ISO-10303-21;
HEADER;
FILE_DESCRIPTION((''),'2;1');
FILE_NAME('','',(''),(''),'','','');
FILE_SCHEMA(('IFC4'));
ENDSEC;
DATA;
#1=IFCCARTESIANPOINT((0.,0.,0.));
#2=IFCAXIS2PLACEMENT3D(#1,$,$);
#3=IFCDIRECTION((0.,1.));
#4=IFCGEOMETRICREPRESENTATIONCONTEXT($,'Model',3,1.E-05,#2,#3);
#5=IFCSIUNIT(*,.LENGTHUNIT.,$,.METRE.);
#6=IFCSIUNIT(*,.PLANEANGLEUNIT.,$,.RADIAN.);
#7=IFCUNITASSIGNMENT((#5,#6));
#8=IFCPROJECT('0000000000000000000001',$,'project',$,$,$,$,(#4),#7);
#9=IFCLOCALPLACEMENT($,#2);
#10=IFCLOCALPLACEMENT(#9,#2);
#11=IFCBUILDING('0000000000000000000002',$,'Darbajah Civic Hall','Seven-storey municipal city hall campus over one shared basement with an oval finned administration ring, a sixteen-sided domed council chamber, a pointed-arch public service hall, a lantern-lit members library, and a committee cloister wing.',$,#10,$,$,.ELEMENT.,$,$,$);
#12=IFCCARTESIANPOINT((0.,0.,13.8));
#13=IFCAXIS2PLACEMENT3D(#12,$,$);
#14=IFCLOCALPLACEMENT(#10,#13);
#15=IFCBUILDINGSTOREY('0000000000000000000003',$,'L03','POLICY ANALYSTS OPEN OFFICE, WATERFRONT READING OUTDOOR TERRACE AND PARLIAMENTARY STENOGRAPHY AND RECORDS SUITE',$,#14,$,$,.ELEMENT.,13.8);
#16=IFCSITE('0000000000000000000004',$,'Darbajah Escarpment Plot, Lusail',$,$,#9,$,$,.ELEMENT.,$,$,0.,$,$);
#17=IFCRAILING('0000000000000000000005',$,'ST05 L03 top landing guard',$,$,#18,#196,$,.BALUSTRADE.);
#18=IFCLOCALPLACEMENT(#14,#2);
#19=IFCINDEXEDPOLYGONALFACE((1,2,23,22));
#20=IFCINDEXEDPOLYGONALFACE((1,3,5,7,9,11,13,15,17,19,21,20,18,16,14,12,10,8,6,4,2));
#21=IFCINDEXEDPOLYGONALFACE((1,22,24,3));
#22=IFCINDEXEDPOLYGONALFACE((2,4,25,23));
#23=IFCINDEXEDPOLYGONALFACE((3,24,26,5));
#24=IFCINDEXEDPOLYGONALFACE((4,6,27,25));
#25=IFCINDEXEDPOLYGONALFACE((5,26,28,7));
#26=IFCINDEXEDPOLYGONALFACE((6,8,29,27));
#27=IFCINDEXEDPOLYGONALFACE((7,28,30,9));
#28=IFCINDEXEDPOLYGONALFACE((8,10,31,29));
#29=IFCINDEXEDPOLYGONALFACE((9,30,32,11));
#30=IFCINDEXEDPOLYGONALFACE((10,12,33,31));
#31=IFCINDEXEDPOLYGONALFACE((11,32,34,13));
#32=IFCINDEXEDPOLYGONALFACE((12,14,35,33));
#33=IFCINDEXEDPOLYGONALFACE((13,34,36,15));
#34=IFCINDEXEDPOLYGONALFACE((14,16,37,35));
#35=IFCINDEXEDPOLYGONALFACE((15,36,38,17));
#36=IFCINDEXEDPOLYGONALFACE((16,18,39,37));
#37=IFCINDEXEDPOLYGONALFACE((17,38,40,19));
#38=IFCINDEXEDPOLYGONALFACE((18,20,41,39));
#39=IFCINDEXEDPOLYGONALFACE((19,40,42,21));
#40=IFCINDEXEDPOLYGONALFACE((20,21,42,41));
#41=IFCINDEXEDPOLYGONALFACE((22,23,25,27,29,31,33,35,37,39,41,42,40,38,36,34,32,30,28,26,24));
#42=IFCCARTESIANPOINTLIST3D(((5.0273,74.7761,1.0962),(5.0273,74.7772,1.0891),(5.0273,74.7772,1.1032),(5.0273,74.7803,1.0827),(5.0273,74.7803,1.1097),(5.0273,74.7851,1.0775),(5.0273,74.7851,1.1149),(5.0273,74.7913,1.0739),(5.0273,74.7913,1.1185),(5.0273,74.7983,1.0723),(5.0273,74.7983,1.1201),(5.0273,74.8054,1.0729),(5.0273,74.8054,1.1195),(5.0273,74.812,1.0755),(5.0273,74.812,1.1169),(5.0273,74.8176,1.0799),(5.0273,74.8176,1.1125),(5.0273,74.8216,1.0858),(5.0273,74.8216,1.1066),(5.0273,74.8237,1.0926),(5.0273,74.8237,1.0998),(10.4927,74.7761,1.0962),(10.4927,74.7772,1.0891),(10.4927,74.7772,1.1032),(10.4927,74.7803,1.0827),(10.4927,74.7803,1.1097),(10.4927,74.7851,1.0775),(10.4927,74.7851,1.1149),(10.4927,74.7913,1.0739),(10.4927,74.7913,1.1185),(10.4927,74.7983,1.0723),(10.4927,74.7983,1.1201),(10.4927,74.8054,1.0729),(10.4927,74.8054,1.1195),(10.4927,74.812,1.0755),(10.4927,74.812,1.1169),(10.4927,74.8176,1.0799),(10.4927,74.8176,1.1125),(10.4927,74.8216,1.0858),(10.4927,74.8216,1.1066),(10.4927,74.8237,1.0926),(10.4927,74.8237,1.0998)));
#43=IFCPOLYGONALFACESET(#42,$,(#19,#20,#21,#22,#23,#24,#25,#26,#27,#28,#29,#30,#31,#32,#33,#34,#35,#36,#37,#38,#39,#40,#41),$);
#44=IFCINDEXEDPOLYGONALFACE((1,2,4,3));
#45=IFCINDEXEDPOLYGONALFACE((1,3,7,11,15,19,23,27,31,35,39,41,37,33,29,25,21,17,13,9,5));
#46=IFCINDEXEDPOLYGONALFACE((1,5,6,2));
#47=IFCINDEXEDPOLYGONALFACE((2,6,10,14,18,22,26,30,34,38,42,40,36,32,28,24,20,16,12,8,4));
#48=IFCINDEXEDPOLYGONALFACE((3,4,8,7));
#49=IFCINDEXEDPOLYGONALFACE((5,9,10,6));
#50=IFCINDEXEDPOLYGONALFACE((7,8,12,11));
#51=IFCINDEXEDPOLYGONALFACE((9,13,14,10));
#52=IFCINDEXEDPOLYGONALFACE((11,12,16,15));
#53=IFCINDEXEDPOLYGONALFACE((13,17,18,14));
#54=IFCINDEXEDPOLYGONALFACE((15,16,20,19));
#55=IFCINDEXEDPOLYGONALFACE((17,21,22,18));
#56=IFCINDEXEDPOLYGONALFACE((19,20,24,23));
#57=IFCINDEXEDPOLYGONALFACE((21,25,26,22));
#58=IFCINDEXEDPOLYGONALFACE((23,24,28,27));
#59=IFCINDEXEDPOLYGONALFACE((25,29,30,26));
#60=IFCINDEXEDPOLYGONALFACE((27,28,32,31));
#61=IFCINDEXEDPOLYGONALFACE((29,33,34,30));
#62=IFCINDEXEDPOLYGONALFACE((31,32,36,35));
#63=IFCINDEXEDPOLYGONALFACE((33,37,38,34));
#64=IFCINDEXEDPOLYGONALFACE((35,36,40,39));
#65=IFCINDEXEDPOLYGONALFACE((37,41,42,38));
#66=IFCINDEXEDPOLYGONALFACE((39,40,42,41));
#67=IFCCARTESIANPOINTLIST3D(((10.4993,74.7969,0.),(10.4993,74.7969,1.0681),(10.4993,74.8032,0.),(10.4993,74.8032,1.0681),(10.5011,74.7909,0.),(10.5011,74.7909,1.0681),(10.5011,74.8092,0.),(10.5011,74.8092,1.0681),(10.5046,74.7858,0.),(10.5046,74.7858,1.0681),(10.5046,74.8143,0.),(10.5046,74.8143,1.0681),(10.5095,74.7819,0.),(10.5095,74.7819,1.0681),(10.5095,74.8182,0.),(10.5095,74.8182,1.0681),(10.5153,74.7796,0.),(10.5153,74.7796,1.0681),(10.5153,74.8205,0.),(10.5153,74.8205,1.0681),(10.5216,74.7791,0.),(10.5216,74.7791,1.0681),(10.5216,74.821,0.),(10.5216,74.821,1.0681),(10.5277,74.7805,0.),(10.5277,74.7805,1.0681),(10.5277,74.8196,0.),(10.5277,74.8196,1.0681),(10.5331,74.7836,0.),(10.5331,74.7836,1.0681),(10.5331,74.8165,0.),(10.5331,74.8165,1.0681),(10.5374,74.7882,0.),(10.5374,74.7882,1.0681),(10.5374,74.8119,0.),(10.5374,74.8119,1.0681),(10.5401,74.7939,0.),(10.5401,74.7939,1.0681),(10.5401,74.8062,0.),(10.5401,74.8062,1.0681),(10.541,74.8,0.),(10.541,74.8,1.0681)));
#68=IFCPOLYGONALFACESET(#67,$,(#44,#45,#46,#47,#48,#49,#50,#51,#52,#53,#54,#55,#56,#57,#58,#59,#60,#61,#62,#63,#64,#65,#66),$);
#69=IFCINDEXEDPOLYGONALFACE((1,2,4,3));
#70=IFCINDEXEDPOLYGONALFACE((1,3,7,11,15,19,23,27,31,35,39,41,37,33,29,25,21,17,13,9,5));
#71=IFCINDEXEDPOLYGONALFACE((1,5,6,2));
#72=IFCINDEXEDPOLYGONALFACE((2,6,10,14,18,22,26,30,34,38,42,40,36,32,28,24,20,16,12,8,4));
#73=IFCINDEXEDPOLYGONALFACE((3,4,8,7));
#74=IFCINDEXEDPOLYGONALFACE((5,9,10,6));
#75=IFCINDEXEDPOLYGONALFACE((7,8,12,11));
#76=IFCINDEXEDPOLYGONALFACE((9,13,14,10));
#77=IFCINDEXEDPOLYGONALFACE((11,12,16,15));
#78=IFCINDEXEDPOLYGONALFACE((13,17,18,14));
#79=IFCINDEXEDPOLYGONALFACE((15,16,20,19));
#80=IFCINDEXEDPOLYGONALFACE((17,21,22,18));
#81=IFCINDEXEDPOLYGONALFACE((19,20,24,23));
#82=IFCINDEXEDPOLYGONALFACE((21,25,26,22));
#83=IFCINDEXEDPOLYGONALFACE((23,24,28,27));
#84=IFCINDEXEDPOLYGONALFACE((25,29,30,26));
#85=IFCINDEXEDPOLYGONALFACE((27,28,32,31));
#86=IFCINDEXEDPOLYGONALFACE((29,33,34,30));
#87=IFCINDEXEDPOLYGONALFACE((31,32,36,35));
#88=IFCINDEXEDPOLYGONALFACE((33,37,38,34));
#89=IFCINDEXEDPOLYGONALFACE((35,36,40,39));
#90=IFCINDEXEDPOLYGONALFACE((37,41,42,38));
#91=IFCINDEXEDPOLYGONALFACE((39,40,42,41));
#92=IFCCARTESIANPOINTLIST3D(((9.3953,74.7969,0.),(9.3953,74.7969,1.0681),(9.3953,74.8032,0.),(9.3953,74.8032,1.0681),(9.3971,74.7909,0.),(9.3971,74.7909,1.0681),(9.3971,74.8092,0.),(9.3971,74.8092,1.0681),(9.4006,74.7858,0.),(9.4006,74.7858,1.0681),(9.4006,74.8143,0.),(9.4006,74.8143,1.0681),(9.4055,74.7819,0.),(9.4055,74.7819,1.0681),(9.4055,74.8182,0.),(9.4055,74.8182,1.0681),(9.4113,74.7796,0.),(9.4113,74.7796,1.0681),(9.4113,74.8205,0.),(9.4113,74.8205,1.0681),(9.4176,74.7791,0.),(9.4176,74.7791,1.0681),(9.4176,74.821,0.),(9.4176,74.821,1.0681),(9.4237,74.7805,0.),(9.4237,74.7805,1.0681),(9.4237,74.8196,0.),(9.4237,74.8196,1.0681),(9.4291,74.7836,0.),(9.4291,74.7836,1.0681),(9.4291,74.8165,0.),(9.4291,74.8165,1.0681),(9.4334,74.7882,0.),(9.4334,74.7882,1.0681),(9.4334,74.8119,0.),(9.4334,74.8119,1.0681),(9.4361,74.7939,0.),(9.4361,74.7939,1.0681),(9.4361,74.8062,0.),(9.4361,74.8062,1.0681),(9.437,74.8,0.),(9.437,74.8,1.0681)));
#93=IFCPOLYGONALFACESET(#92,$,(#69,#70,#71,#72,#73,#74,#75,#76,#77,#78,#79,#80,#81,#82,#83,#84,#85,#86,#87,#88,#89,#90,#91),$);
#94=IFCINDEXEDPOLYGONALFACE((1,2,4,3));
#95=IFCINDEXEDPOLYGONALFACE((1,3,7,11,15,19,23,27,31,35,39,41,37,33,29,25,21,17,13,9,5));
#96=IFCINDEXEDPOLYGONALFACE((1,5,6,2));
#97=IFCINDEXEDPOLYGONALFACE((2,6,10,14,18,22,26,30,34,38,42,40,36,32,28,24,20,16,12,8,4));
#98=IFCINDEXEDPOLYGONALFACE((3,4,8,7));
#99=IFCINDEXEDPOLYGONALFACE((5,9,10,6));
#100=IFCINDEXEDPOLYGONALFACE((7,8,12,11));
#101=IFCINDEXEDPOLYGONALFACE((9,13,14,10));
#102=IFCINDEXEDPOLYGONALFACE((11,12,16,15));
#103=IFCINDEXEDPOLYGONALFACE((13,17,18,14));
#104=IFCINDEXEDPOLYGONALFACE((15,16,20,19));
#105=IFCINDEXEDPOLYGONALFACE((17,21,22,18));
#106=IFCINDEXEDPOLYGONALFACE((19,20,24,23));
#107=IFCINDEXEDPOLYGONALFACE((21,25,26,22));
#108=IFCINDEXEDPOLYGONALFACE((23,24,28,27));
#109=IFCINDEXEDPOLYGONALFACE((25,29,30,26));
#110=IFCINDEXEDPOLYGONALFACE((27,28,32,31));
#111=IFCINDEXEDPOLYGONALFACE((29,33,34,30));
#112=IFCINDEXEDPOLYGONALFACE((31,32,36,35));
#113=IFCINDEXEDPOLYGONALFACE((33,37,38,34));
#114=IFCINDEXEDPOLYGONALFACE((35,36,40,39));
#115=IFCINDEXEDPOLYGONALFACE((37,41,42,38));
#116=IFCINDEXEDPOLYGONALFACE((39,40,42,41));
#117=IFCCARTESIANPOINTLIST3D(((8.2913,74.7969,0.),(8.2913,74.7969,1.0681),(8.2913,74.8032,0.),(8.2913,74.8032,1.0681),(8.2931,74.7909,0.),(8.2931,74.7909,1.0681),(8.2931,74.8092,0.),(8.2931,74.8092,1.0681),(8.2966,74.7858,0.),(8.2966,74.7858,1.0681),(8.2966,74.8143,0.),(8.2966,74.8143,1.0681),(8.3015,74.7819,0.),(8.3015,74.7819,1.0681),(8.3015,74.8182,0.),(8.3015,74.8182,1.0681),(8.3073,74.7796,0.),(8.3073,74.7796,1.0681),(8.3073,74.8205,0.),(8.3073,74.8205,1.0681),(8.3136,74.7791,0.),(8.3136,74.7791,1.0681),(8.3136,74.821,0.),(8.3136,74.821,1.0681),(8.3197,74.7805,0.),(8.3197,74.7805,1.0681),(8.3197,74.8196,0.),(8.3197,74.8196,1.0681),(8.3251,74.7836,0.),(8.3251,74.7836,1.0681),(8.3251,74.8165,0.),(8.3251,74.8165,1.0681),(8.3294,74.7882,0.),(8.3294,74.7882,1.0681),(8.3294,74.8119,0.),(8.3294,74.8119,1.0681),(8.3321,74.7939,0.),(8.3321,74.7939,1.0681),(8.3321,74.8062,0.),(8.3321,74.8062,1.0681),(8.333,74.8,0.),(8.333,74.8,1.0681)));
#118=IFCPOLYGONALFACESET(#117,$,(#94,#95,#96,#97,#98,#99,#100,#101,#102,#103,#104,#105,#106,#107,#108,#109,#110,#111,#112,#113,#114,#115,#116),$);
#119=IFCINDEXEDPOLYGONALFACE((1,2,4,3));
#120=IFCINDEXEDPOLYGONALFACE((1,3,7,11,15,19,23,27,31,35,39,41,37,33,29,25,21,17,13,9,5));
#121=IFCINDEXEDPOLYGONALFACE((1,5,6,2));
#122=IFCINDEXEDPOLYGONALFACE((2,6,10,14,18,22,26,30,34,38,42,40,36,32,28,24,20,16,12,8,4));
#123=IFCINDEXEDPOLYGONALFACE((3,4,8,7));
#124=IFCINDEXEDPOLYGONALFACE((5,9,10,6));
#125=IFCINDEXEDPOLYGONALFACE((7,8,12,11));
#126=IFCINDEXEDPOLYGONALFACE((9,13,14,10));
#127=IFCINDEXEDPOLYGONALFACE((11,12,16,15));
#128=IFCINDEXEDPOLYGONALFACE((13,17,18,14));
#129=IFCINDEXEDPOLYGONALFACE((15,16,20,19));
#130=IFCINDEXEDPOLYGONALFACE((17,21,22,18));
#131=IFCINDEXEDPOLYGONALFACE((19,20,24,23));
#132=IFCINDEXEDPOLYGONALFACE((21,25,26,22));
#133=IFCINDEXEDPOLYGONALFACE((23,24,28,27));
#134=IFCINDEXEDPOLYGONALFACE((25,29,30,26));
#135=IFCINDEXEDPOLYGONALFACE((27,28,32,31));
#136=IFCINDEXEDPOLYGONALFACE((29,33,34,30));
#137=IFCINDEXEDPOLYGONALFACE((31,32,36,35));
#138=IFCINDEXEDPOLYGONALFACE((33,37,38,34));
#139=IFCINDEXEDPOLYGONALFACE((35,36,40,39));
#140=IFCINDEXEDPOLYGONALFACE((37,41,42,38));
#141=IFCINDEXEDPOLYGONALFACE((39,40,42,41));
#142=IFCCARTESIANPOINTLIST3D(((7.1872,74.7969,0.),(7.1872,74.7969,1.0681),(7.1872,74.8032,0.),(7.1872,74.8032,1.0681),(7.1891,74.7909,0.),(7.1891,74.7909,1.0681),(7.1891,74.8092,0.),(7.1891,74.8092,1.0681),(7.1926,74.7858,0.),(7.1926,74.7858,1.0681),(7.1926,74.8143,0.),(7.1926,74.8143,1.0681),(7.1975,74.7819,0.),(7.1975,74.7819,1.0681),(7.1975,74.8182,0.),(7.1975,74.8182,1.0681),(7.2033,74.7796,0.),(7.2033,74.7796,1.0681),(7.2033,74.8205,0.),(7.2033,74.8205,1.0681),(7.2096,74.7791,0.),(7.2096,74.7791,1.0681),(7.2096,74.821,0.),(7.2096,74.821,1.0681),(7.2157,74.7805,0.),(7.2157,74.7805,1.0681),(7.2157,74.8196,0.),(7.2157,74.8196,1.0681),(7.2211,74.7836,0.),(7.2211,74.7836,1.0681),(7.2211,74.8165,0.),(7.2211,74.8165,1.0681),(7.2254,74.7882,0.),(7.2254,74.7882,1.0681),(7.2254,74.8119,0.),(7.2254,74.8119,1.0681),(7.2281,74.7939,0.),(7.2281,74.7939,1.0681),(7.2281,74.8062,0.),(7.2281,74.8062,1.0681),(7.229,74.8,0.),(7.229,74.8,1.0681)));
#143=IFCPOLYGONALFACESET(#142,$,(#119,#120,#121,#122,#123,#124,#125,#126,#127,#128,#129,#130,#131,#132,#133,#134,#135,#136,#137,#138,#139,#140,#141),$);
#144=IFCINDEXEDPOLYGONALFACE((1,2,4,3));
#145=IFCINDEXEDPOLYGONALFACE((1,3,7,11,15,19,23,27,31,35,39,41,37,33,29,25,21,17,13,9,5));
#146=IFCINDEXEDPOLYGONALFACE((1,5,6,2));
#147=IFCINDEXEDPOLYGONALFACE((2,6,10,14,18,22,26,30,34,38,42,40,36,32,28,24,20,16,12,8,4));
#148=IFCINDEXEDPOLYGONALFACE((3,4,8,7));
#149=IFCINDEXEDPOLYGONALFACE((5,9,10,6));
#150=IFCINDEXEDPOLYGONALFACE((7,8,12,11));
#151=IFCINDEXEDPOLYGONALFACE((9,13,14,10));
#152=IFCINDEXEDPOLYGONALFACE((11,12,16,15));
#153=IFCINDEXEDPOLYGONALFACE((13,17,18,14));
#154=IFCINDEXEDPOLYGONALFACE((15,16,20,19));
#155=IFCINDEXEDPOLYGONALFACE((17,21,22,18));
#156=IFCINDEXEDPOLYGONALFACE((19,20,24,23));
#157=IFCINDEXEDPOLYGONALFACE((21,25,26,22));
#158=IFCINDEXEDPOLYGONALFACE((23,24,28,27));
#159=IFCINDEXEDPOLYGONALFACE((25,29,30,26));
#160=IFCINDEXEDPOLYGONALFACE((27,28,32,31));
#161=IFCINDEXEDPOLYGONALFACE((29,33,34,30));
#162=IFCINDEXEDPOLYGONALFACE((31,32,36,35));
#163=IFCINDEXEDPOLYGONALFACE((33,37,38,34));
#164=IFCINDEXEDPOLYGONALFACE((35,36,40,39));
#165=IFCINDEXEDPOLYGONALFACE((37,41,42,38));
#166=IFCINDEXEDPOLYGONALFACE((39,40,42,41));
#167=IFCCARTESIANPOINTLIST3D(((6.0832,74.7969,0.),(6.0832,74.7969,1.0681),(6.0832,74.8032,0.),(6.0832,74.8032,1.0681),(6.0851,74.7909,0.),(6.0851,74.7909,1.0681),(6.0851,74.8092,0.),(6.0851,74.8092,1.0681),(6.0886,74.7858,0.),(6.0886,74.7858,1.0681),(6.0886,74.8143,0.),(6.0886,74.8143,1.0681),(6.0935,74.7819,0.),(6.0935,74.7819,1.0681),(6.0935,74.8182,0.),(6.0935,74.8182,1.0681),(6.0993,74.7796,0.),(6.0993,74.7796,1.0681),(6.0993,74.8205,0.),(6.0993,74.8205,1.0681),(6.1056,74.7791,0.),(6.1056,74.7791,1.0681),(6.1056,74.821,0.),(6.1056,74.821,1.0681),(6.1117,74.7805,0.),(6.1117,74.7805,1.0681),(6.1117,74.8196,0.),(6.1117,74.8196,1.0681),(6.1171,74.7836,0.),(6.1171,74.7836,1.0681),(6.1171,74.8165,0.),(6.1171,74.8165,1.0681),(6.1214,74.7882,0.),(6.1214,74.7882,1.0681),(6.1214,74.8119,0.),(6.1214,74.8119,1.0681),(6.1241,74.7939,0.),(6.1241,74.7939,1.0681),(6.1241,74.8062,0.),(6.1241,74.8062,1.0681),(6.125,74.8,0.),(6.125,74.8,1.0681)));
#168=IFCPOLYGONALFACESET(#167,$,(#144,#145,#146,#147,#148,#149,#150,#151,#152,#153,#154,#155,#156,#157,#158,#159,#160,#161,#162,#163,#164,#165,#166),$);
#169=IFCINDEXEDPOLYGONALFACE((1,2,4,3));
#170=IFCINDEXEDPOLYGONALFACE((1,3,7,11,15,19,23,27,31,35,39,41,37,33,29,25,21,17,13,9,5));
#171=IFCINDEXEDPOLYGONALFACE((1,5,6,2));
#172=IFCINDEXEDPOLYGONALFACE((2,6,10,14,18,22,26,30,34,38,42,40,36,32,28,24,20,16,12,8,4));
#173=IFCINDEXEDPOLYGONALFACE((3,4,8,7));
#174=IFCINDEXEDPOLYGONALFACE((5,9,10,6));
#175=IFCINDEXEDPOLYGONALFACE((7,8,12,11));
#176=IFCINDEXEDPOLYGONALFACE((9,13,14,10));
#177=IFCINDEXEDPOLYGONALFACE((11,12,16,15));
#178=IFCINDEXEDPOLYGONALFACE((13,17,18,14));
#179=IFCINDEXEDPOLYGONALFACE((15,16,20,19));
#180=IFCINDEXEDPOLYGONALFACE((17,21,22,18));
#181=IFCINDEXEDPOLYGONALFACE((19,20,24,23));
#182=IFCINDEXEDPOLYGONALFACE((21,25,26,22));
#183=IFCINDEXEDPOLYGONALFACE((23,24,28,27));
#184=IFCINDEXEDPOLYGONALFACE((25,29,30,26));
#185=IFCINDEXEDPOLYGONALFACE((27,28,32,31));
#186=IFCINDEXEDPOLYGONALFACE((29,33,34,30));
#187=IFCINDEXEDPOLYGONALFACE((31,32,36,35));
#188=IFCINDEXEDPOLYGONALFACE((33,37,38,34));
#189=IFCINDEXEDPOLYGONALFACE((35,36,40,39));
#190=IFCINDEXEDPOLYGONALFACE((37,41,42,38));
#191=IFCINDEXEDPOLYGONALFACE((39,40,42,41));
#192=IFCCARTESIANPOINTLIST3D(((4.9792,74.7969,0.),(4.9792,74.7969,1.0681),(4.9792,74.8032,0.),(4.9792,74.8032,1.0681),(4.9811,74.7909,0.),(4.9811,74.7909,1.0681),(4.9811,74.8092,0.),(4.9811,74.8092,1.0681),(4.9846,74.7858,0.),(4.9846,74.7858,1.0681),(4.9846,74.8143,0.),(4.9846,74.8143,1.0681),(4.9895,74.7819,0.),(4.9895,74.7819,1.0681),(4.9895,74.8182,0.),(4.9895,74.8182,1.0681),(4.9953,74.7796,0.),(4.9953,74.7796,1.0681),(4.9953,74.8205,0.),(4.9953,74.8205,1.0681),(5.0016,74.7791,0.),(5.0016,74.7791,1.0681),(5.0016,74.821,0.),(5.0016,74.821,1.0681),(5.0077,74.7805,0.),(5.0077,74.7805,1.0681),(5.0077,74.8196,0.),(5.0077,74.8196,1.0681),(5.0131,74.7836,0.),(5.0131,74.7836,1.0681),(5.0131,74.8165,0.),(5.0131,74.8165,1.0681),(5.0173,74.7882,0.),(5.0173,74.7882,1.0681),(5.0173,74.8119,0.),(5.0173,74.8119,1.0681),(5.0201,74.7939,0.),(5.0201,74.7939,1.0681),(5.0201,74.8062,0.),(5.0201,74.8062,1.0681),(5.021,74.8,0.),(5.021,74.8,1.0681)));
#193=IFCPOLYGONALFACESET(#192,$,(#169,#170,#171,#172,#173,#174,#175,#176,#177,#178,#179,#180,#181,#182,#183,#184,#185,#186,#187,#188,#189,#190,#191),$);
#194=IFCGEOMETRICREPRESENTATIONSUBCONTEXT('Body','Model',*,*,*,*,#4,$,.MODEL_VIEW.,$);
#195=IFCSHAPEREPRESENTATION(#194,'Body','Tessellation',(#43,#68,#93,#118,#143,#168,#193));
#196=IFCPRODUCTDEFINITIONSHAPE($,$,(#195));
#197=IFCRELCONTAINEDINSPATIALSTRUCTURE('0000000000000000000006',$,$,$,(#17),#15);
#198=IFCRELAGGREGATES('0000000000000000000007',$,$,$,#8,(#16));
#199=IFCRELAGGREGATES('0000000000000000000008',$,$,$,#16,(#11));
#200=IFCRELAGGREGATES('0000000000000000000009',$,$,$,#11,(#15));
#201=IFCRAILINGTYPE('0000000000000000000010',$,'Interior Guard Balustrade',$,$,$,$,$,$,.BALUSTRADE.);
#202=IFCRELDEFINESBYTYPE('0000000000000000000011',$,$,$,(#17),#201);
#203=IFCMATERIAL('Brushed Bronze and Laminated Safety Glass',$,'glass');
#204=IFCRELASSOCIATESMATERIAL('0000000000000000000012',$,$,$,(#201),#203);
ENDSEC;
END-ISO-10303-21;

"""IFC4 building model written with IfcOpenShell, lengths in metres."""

from ifc_helpers import new_model, si_unit, direction, frame, origin, origin_2d, place, context, subcontext, project, spatial, circle, extrude, material, type_object, element, save


model = new_model("IFC4")

# Units and contexts
model_context = context("Model", 3, precision=1e-05, world=origin(), true_north=direction((0.0, 1.0)))
body_context = subcontext(model_context, "Body", "Model", "MODEL_VIEW")
ifc_project = project(units=[si_unit("LENGTHUNIT", "METRE"), si_unit("PLANEANGLEUNIT", "RADIAN")], contexts=[model_context])

# Site, building, storey
site_placement = place(None, origin())
site = spatial("IfcSite", under=ifc_project, at=site_placement, Name="Darbajah Escarpment Plot, Lusail", CompositionType="ELEMENT", RefElevation=0.0)
building_placement = place(site_placement, origin())
building = spatial("IfcBuilding", under=site, at=building_placement, Name="Darbajah Civic Hall", Description="Seven-storey municipal city hall campus over one shared basement with an oval finned administration ring, a sixteen-sided domed council chamber, a pointed-arch public service hall, a lantern-lit members library, and a committee cloister wing.", CompositionType="ELEMENT")
storey_placement = place(building_placement, frame((0.0, 0.0, 13.8)))
storey = spatial("IfcBuildingStorey", under=building, at=storey_placement, Name="L03", Description="POLICY ANALYSTS OPEN OFFICE, WATERFRONT READING OUTDOOR TERRACE AND PARLIAMENTARY STENOGRAPHY AND RECORDS SUITE", CompositionType="ELEMENT", Elevation=13.8)

# Railing
ifc_material_1 = material(Name="Brushed Bronze and Laminated Safety Glass", Category="glass")
railing_type = type_object("IfcRailingType", Name="Interior Guard Balustrade", PredefinedType="BALUSTRADE", material=ifc_material_1)
railing_1_placement = place(storey_placement, frame((10.52, 74.8, 0.0)))
element("IfcRailing", 1, at=railing_1_placement, inside=storey, type_object=railing_type, Name="ST05 L03 top landing guard", PredefinedType="BALUSTRADE", context=body_context, shape_type="SweptSolid", body=[
    extrude(circle(Radius=0.0239, at=origin_2d()), frame((-0.0273, 0.0, 1.0962), z_axis=(-1.0, 0.0, 0.0), x_axis=(0.0, -1.0, 0.0)), (0.0, 0.0, 1.0), 5.4653),
    extrude(circle(Radius=0.021, at=origin_2d()), origin(), (0.0, 0.0, 1.0), 1.0681),
    extrude(circle(Radius=0.021, at=origin_2d()), frame((-1.104, 0.0, 0.0)), (0.0, 0.0, 1.0), 1.0681),
    extrude(circle(Radius=0.021, at=origin_2d()), frame((-2.208, 0.0, 0.0)), (0.0, 0.0, 1.0), 1.0681),
    extrude(circle(Radius=0.021, at=origin_2d()), frame((-3.312, 0.0, 0.0)), (0.0, 0.0, 1.0), 1.0681),
    extrude(circle(Radius=0.021, at=origin_2d()), frame((-4.416, 0.0, 0.0)), (0.0, 0.0, 1.0), 1.0681),
    extrude(circle(Radius=0.021, at=origin_2d()), frame((-5.52, 0.0, 0.0)), (0.0, 0.0, 1.0), 1.0681),
])

save(model, "model.ifc")
